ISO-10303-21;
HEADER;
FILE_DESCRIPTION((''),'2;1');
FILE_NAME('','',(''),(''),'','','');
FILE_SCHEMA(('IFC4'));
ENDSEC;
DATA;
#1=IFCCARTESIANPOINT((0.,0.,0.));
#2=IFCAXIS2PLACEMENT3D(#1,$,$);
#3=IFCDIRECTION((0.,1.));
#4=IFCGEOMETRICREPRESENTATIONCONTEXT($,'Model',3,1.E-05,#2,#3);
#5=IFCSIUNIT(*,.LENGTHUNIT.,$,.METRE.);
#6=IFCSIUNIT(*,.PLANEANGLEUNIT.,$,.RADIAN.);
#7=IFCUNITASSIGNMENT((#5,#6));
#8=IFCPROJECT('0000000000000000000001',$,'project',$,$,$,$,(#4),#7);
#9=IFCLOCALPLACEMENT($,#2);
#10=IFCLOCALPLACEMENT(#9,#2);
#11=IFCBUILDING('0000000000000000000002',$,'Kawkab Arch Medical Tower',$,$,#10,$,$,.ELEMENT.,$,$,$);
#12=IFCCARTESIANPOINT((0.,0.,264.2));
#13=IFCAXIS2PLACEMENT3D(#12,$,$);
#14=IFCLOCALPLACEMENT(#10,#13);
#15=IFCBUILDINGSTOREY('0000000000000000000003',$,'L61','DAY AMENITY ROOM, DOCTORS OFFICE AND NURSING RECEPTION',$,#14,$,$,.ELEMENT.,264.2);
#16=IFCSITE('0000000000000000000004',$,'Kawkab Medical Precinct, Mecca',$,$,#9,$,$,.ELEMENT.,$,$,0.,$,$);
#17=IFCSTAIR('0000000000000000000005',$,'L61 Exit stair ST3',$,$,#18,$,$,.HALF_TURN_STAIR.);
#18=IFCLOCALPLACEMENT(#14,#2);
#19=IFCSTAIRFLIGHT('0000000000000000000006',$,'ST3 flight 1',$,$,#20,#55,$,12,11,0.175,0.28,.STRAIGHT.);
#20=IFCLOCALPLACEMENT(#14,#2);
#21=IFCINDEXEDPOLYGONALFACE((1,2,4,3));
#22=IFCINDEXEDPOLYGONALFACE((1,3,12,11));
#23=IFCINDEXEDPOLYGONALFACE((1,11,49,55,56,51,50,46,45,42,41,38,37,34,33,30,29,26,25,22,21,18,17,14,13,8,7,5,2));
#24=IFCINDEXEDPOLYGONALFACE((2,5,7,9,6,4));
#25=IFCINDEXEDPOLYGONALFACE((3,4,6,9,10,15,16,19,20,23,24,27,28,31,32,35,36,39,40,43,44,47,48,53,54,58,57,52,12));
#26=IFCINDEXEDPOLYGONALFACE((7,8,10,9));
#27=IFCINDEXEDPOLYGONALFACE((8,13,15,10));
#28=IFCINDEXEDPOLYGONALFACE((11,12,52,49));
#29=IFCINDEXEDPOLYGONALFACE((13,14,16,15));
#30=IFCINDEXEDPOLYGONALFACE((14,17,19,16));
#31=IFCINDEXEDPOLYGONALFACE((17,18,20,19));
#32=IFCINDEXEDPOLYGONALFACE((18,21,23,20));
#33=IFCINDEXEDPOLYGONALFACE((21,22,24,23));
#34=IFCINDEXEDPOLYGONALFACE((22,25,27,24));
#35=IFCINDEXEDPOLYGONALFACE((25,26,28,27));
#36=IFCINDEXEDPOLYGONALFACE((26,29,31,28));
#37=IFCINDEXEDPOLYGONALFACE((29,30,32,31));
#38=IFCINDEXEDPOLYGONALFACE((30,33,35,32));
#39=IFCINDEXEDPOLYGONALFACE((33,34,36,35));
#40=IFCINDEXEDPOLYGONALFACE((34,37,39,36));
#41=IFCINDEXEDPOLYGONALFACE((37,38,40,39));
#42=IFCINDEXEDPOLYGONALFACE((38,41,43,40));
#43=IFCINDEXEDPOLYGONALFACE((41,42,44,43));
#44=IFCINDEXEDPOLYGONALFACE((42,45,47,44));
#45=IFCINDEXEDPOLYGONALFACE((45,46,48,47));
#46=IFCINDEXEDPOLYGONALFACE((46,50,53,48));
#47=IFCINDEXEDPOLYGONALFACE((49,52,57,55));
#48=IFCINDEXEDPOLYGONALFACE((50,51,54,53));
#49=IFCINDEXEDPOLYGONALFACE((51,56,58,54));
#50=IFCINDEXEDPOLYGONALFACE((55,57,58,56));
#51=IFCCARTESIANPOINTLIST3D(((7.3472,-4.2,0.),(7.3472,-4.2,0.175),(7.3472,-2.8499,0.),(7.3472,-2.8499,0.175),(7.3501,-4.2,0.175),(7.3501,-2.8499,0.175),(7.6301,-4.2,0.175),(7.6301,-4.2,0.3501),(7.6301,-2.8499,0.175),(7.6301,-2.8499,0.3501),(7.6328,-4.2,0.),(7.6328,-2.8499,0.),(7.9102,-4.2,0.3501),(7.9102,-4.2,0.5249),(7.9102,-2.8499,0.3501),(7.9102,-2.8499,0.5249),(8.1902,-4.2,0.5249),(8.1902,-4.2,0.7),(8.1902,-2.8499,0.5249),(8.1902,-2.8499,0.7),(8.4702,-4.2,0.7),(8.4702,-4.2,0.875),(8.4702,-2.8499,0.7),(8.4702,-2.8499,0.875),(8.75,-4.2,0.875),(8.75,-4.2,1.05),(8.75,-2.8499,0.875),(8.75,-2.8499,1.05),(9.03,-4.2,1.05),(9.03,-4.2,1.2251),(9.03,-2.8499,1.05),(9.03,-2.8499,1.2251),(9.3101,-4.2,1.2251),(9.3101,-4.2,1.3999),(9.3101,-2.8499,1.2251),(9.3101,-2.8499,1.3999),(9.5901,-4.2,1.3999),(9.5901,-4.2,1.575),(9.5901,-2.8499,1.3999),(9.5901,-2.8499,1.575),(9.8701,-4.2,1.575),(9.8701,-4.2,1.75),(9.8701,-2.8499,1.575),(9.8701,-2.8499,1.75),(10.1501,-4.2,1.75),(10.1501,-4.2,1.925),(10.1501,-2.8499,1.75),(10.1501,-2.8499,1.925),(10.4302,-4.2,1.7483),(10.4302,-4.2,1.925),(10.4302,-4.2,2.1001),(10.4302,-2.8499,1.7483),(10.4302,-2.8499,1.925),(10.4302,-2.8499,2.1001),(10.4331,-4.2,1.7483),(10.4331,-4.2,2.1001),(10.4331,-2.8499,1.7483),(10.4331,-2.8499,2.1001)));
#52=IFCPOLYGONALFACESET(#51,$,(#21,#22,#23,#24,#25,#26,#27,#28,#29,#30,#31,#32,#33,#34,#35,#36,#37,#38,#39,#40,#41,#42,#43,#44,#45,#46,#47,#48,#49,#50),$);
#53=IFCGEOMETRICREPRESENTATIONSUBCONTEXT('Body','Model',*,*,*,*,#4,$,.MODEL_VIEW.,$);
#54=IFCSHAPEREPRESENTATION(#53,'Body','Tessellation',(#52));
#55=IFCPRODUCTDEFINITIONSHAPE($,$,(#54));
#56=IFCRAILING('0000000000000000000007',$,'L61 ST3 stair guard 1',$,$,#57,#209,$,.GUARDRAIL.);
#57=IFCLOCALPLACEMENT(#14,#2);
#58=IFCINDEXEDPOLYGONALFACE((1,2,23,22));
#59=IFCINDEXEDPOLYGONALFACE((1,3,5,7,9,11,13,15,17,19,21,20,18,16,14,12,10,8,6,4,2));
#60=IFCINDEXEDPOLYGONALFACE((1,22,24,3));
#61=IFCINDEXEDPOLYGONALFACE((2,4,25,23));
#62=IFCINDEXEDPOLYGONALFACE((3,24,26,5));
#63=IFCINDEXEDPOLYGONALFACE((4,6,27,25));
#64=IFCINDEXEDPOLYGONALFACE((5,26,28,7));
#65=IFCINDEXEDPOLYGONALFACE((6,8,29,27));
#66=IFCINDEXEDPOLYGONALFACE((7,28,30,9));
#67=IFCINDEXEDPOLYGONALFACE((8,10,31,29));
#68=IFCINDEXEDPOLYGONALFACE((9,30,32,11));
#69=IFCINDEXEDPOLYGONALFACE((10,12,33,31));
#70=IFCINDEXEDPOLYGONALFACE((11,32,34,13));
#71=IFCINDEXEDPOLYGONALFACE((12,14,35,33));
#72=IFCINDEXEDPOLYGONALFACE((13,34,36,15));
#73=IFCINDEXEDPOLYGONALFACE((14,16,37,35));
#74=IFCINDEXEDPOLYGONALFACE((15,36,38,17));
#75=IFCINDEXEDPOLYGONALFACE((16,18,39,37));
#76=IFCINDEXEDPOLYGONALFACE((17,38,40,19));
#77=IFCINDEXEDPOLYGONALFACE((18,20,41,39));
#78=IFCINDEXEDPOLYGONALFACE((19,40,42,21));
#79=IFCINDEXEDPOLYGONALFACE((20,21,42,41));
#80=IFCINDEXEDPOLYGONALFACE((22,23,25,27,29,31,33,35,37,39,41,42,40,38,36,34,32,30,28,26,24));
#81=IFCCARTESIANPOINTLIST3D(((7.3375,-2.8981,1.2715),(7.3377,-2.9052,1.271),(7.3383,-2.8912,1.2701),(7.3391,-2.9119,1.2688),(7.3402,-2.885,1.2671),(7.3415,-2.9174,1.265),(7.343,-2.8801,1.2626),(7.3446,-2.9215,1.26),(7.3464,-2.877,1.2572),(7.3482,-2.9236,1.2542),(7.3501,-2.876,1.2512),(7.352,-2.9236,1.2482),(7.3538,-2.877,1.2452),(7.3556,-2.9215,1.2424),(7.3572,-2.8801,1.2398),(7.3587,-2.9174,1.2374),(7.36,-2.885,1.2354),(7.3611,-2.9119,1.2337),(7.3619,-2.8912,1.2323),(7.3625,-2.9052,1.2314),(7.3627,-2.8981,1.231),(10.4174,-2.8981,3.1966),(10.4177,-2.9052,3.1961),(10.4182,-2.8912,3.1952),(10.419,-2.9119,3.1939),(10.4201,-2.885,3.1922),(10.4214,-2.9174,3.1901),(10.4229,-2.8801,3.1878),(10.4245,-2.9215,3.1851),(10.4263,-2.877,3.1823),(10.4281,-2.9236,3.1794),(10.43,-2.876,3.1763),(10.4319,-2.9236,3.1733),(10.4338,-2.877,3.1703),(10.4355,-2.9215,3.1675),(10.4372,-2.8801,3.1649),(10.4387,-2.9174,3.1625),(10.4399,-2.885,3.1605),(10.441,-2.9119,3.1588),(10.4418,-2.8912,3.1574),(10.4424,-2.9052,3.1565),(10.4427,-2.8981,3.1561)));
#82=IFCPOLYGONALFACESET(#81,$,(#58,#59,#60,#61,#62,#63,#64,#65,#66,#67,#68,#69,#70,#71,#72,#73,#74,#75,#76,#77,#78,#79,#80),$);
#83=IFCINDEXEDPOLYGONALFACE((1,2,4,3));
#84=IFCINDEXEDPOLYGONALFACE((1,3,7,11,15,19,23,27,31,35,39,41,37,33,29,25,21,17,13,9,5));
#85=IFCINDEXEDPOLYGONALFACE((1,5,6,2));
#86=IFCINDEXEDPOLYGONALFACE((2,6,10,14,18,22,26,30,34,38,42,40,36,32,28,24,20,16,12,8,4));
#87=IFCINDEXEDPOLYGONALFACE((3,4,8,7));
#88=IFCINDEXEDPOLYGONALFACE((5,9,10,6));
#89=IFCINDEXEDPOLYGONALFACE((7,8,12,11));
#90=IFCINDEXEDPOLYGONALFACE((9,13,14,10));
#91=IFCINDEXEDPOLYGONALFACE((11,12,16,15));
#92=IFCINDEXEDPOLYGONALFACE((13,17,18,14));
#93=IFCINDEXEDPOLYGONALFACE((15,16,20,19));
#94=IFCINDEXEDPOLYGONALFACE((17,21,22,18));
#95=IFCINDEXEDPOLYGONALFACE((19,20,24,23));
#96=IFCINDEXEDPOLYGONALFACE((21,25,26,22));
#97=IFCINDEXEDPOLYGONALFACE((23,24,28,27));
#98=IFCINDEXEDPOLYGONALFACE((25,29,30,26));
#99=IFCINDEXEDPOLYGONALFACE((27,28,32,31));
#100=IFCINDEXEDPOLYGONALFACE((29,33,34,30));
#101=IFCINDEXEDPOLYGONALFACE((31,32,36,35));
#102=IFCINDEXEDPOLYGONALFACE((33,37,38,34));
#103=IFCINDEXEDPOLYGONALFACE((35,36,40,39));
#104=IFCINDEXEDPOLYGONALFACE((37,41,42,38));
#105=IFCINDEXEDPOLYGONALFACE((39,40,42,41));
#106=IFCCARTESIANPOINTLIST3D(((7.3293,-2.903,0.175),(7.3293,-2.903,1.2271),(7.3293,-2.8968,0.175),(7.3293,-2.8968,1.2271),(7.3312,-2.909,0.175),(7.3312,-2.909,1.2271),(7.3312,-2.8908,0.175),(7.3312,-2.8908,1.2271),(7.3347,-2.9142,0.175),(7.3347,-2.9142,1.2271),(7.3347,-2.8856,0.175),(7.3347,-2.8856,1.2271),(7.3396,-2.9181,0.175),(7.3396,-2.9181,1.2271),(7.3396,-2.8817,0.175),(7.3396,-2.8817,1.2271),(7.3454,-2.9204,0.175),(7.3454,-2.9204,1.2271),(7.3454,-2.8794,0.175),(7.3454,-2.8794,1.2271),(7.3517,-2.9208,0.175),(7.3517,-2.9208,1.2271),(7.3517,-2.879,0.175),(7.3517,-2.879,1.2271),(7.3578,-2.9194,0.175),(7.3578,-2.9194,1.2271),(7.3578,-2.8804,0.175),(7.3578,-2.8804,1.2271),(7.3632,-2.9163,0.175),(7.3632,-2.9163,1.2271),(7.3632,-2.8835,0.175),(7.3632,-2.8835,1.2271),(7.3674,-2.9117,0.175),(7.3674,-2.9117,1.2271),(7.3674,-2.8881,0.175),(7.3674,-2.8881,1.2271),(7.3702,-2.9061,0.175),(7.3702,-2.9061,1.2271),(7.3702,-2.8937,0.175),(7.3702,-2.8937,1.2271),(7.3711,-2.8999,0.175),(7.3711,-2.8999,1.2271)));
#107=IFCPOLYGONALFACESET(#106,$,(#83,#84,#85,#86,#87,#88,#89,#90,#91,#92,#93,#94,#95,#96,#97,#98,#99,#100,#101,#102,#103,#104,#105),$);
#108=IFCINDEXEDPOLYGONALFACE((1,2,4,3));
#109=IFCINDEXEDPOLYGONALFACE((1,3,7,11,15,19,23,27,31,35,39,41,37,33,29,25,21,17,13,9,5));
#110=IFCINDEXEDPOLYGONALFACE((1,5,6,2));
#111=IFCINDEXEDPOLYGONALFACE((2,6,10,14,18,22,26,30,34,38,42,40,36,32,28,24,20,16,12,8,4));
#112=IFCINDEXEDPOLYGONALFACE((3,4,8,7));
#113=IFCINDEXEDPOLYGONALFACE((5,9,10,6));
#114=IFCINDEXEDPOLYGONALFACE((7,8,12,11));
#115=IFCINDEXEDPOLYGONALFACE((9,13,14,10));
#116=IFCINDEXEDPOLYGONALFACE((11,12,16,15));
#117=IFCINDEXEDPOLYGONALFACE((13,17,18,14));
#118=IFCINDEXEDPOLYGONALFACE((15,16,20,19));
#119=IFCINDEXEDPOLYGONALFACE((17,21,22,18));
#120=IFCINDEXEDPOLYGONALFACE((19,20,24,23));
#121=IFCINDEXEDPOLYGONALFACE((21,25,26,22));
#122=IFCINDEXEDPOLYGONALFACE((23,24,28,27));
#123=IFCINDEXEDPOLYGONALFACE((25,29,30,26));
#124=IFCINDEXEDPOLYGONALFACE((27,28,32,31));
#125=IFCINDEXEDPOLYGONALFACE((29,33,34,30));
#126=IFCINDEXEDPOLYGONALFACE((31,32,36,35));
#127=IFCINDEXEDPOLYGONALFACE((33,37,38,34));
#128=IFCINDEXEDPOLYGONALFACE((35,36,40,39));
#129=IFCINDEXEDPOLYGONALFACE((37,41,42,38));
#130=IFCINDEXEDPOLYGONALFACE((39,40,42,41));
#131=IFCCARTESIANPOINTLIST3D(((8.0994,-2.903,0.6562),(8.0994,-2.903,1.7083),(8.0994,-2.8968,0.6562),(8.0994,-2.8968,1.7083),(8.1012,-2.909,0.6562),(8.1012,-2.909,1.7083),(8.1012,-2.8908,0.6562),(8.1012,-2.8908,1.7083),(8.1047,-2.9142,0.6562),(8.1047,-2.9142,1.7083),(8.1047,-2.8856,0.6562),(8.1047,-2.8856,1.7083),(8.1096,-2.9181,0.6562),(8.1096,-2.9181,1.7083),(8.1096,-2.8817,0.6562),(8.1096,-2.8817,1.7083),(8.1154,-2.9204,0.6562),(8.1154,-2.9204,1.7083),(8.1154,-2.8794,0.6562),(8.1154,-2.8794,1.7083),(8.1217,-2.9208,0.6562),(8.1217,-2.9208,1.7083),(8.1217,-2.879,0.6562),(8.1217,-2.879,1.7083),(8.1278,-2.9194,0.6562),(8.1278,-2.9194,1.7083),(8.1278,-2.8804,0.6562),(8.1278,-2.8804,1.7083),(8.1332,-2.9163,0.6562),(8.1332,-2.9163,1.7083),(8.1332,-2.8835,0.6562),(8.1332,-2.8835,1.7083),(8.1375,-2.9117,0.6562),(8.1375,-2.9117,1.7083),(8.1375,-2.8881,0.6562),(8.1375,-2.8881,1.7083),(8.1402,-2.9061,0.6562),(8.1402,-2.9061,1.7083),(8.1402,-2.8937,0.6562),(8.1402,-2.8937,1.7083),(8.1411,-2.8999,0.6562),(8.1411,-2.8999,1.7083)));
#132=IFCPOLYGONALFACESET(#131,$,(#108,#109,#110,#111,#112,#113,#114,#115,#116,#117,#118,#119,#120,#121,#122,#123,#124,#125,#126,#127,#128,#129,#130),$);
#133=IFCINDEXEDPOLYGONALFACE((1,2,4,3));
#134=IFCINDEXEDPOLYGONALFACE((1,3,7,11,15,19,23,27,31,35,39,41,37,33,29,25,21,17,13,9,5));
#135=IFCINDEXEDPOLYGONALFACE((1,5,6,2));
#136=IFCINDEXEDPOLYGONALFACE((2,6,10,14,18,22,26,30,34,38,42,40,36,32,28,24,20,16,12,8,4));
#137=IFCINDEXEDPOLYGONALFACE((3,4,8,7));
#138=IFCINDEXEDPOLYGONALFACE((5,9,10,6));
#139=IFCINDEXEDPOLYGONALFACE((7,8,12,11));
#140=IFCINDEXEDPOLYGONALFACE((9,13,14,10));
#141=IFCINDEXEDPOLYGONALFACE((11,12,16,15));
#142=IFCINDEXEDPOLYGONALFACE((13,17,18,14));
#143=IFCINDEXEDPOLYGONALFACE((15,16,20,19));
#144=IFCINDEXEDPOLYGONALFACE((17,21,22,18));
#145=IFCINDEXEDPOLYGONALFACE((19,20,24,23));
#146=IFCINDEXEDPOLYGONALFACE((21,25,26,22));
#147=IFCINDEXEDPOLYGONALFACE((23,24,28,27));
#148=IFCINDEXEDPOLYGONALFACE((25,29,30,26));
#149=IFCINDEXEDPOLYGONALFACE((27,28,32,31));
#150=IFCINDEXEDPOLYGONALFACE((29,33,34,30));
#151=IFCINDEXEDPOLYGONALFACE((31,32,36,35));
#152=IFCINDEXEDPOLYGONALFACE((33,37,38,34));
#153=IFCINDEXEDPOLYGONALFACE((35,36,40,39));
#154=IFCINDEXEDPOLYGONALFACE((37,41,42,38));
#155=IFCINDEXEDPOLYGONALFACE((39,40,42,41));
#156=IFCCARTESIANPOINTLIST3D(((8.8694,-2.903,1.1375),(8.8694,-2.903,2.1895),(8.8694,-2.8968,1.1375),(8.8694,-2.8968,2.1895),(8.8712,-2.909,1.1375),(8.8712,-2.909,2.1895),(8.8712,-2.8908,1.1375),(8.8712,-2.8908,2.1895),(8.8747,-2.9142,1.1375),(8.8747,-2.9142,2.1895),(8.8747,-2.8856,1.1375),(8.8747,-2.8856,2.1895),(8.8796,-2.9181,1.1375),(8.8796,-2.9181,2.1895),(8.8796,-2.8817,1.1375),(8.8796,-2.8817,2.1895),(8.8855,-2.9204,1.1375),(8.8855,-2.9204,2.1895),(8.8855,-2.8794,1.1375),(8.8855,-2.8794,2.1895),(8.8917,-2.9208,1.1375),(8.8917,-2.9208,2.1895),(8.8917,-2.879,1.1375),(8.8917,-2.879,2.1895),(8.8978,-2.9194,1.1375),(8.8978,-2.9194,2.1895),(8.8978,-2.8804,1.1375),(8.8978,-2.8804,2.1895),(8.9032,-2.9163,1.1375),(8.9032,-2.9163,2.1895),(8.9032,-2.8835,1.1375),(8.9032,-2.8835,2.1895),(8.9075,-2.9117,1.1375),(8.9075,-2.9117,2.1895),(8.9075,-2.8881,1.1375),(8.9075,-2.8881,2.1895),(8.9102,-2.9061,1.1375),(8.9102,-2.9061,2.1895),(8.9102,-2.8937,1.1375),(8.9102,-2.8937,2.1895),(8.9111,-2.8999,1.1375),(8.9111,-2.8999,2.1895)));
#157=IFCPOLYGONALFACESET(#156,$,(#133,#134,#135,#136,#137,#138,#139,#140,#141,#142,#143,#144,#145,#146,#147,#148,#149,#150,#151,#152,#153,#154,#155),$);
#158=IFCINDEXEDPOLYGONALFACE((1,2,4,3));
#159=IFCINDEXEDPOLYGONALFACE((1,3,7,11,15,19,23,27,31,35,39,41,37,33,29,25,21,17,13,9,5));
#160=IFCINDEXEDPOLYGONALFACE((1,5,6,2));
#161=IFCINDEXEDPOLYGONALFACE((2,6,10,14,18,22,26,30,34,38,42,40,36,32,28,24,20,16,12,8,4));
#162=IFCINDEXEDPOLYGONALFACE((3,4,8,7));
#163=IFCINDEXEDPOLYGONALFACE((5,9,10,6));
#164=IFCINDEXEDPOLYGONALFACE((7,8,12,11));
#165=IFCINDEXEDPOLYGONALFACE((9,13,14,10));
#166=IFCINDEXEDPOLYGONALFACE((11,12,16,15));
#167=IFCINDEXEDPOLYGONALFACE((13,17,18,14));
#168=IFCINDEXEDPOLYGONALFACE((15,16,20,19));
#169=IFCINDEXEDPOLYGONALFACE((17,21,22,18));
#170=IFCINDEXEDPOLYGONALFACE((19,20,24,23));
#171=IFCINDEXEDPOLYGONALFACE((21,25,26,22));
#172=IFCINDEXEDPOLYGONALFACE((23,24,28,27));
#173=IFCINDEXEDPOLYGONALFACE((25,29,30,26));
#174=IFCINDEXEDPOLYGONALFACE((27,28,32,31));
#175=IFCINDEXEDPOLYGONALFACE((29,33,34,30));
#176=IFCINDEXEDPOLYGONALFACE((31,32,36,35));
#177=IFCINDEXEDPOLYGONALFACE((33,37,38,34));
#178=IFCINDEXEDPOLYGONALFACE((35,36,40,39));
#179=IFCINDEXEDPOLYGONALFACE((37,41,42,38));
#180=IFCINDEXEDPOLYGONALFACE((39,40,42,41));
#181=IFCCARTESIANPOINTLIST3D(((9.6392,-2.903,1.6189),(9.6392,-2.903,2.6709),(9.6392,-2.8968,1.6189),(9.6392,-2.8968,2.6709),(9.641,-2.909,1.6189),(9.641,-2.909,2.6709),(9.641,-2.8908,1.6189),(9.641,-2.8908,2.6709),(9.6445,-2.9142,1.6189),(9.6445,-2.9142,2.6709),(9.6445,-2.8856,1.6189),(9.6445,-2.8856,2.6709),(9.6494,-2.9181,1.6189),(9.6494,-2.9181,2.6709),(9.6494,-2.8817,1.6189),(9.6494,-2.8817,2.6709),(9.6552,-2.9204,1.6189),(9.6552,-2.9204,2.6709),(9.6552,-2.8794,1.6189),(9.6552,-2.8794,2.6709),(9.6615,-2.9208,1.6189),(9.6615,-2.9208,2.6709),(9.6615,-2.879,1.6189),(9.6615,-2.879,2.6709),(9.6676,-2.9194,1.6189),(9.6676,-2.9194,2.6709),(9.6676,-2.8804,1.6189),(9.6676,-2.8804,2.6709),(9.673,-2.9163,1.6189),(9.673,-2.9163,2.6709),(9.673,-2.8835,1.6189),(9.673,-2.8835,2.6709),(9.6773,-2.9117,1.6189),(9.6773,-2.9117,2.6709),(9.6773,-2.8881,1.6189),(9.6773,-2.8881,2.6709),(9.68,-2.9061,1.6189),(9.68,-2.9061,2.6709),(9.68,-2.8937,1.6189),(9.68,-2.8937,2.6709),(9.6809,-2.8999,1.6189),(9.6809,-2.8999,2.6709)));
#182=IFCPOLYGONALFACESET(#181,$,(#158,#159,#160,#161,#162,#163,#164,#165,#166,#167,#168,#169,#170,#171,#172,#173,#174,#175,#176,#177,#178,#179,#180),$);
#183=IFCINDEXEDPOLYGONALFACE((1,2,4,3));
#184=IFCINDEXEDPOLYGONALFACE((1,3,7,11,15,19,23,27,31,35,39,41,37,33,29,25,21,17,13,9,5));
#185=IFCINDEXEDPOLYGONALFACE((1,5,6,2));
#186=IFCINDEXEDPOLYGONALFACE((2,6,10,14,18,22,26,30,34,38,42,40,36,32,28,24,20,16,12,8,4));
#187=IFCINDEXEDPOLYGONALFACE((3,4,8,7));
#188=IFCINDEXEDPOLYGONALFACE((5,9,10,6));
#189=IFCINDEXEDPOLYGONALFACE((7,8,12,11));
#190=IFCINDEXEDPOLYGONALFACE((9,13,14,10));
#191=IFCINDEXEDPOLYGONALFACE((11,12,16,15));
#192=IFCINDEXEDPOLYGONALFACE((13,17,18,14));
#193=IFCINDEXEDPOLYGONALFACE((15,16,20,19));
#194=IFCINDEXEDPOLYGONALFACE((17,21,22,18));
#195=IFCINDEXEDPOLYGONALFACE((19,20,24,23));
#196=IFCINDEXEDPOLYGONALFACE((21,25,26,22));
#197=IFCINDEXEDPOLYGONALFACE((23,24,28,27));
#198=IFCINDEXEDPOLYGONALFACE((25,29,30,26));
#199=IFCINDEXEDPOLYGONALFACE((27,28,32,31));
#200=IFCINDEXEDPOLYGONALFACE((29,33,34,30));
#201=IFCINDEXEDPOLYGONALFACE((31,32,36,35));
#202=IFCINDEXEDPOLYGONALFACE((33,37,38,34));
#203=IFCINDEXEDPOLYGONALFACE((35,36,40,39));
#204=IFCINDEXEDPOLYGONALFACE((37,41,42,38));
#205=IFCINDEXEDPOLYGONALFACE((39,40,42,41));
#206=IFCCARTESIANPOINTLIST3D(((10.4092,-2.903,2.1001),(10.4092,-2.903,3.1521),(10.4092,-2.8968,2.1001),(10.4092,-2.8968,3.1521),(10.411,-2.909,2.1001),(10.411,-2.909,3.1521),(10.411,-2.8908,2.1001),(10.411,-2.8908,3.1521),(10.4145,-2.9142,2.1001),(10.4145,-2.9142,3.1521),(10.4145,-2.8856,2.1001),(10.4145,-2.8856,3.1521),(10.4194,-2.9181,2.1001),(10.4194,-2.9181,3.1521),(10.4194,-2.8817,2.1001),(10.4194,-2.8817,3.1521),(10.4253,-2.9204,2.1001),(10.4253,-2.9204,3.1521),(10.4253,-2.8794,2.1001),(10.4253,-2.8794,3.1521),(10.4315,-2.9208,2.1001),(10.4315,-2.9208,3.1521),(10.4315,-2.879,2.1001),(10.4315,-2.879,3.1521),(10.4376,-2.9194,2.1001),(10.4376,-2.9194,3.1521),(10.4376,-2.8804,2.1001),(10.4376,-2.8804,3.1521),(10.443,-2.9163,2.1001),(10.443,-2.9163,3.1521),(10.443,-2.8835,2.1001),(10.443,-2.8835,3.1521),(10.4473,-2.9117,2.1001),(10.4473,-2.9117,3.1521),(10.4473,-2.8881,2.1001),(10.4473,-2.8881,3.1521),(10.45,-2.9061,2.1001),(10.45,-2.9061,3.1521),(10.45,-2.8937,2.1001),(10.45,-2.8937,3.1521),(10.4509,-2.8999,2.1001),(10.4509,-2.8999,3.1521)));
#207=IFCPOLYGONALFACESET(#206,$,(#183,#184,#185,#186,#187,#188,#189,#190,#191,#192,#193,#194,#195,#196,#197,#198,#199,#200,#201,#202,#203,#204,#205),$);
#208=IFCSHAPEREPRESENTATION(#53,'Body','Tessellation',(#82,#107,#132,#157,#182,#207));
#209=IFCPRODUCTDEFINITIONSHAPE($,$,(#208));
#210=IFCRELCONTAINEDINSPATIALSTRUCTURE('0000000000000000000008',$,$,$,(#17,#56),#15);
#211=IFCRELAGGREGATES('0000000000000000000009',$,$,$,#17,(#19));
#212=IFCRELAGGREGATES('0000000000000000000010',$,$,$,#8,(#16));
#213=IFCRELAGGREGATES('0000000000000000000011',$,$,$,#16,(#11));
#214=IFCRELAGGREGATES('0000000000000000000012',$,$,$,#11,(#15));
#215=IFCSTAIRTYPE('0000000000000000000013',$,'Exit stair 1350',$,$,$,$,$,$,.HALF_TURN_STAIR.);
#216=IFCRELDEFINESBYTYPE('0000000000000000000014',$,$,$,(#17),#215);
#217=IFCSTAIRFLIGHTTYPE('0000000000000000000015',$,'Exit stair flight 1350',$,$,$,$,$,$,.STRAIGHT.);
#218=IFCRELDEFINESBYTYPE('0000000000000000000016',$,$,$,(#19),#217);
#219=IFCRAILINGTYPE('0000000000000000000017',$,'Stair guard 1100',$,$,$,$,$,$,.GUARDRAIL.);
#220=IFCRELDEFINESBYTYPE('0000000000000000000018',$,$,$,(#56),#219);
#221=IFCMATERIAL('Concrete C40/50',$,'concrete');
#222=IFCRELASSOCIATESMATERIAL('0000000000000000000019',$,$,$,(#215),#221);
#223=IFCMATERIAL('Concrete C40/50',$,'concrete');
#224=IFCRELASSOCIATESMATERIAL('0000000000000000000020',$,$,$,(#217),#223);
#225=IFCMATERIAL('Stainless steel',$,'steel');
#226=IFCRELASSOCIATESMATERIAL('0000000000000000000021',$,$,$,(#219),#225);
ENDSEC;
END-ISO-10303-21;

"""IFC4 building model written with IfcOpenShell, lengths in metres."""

from ifc_helpers import new_model, si_unit, direction, frame, origin, origin_2d, place, context, subcontext, project, spatial, polyline, circle, outline, extrude, material, type_object, element, aggregate, save


model = new_model("IFC4")

# Units and contexts
model_context = context("Model", 3, precision=1e-05, world=origin(), true_north=direction((0.0, 1.0)))
body_context = subcontext(model_context, "Body", "Model", "MODEL_VIEW")
ifc_project = project(units=[si_unit("LENGTHUNIT", "METRE"), si_unit("PLANEANGLEUNIT", "RADIAN")], contexts=[model_context])

# Site, building, storey
site_placement = place(None, origin())
site = spatial("IfcSite", under=ifc_project, at=site_placement, Name="Kawkab Medical Precinct, Mecca", CompositionType="ELEMENT", RefElevation=0.0)
building_placement = place(site_placement, origin())
building = spatial("IfcBuilding", under=site, at=building_placement, Name="Kawkab Arch Medical Tower", CompositionType="ELEMENT")
storey_placement = place(building_placement, frame((0.0, 0.0, 264.2)))
storey = spatial("IfcBuildingStorey", under=building, at=storey_placement, Name="L61", Description="DAY AMENITY ROOM, DOCTORS OFFICE AND NURSING RECEPTION", CompositionType="ELEMENT", Elevation=264.2)

# Stair, stair flight
ifc_material_1 = material(Name="Concrete C40/50", Category="concrete")
stair_type = type_object("IfcStairType", Name="Exit stair 1350", PredefinedType="HALF_TURN_STAIR", material=ifc_material_1)
stair_placement = place(storey_placement, origin())
stair = element("IfcStair", 1, at=stair_placement, inside=storey, type_object=stair_type, Name="L61 Exit stair ST3", PredefinedType="HALF_TURN_STAIR")
ifc_material_2 = material(Name="Concrete C40/50", Category="concrete")
stair_flight_type = type_object("IfcStairFlightType", Name="Exit stair flight 1350", PredefinedType="STRAIGHT", material=ifc_material_2)
stair_flight_placement = place(storey_placement, frame((7.3501, -3.5249, 0.0), z_axis=(0.0, 0.0, 1.0), x_axis=(1.0, 0.0, 0.0)))
stair_flight = element("IfcStairFlight", 2, at=stair_flight_placement, type_object=stair_flight_type, Name="ST3 flight 1", NumberOfRisers=12, NumberOfTreads=11, PredefinedType="STRAIGHT", RiserHeight=0.175, TreadLength=0.28, context=body_context, shape_type="SweptSolid", body=[
    extrude(outline(polyline([(-0.0029, 0.0), (-0.0029, 0.175), (0.0, 0.175), (0.28, 0.175), (0.28, 0.3501), (0.5601, 0.3501), (0.5601, 0.5249), (0.8401, 0.5249), (0.8401, 0.7), (1.1201, 0.7), (1.1201, 0.875), (1.3999, 0.875), (1.3999, 1.05), (1.6799, 1.05), (1.6799, 1.2251), (1.96, 1.2251), (1.96, 1.3999), (2.24, 1.3999), (2.24, 1.575), (2.52, 1.575), (2.52, 1.75), (2.8, 1.75), (2.8, 1.925), (3.0801, 1.925), (3.0801, 2.1001), (3.083, 2.1001), (3.083, 1.7483), (3.0801, 1.7483), (0.2827, 0.0), (-0.0029, 0.0)])), frame((0.0, 0.675, 0.0), z_axis=(0.0, -1.0, 0.0), x_axis=(1.0, 0.0, 0.0)), (0.0, 0.0, 1.0), 1.3501),
])
aggregate(stair, [stair_flight])

# Railing
ifc_material_3 = material(Name="Stainless steel", Category="steel")
railing_type = type_object("IfcRailingType", Name="Stair guard 1100", PredefinedType="GUARDRAIL", material=ifc_material_3)
railing_placement = place(storey_placement, frame((7.3501, -2.8999, 0.175)))
element("IfcRailing", 3, at=railing_placement, inside=storey, type_object=railing_type, Name="L61 ST3 stair guard 1", PredefinedType="GUARDRAIL", context=body_context, shape_type="SweptSolid", body=[
    extrude(circle(Radius=0.0239, at=origin_2d()), frame((0.0, 0.0, 1.0762), z_axis=(0.847979, 0.0, 0.530029), x_axis=(0.0, 1.0, 0.0)), (0.0, 0.0, 1.0), 3.6321),
    extrude(circle(Radius=0.021, at=origin_2d()), origin(), (0.0, 0.0, 1.0), 1.052),
    extrude(circle(Radius=0.021, at=origin_2d()), frame((0.77, 0.0, 0.4812)), (0.0, 0.0, 1.0), 1.052),
    extrude(circle(Radius=0.021, at=origin_2d()), frame((1.54, 0.0, 0.9624)), (0.0, 0.0, 1.0), 1.052),
    extrude(circle(Radius=0.021, at=origin_2d()), frame((2.3098, 0.0, 1.4438)), (0.0, 0.0, 1.0), 1.052),
    extrude(circle(Radius=0.021, at=origin_2d()), frame((3.0798, 0.0, 1.925)), (0.0, 0.0, 1.0), 1.052),
])

save(model, "model.ifc")
